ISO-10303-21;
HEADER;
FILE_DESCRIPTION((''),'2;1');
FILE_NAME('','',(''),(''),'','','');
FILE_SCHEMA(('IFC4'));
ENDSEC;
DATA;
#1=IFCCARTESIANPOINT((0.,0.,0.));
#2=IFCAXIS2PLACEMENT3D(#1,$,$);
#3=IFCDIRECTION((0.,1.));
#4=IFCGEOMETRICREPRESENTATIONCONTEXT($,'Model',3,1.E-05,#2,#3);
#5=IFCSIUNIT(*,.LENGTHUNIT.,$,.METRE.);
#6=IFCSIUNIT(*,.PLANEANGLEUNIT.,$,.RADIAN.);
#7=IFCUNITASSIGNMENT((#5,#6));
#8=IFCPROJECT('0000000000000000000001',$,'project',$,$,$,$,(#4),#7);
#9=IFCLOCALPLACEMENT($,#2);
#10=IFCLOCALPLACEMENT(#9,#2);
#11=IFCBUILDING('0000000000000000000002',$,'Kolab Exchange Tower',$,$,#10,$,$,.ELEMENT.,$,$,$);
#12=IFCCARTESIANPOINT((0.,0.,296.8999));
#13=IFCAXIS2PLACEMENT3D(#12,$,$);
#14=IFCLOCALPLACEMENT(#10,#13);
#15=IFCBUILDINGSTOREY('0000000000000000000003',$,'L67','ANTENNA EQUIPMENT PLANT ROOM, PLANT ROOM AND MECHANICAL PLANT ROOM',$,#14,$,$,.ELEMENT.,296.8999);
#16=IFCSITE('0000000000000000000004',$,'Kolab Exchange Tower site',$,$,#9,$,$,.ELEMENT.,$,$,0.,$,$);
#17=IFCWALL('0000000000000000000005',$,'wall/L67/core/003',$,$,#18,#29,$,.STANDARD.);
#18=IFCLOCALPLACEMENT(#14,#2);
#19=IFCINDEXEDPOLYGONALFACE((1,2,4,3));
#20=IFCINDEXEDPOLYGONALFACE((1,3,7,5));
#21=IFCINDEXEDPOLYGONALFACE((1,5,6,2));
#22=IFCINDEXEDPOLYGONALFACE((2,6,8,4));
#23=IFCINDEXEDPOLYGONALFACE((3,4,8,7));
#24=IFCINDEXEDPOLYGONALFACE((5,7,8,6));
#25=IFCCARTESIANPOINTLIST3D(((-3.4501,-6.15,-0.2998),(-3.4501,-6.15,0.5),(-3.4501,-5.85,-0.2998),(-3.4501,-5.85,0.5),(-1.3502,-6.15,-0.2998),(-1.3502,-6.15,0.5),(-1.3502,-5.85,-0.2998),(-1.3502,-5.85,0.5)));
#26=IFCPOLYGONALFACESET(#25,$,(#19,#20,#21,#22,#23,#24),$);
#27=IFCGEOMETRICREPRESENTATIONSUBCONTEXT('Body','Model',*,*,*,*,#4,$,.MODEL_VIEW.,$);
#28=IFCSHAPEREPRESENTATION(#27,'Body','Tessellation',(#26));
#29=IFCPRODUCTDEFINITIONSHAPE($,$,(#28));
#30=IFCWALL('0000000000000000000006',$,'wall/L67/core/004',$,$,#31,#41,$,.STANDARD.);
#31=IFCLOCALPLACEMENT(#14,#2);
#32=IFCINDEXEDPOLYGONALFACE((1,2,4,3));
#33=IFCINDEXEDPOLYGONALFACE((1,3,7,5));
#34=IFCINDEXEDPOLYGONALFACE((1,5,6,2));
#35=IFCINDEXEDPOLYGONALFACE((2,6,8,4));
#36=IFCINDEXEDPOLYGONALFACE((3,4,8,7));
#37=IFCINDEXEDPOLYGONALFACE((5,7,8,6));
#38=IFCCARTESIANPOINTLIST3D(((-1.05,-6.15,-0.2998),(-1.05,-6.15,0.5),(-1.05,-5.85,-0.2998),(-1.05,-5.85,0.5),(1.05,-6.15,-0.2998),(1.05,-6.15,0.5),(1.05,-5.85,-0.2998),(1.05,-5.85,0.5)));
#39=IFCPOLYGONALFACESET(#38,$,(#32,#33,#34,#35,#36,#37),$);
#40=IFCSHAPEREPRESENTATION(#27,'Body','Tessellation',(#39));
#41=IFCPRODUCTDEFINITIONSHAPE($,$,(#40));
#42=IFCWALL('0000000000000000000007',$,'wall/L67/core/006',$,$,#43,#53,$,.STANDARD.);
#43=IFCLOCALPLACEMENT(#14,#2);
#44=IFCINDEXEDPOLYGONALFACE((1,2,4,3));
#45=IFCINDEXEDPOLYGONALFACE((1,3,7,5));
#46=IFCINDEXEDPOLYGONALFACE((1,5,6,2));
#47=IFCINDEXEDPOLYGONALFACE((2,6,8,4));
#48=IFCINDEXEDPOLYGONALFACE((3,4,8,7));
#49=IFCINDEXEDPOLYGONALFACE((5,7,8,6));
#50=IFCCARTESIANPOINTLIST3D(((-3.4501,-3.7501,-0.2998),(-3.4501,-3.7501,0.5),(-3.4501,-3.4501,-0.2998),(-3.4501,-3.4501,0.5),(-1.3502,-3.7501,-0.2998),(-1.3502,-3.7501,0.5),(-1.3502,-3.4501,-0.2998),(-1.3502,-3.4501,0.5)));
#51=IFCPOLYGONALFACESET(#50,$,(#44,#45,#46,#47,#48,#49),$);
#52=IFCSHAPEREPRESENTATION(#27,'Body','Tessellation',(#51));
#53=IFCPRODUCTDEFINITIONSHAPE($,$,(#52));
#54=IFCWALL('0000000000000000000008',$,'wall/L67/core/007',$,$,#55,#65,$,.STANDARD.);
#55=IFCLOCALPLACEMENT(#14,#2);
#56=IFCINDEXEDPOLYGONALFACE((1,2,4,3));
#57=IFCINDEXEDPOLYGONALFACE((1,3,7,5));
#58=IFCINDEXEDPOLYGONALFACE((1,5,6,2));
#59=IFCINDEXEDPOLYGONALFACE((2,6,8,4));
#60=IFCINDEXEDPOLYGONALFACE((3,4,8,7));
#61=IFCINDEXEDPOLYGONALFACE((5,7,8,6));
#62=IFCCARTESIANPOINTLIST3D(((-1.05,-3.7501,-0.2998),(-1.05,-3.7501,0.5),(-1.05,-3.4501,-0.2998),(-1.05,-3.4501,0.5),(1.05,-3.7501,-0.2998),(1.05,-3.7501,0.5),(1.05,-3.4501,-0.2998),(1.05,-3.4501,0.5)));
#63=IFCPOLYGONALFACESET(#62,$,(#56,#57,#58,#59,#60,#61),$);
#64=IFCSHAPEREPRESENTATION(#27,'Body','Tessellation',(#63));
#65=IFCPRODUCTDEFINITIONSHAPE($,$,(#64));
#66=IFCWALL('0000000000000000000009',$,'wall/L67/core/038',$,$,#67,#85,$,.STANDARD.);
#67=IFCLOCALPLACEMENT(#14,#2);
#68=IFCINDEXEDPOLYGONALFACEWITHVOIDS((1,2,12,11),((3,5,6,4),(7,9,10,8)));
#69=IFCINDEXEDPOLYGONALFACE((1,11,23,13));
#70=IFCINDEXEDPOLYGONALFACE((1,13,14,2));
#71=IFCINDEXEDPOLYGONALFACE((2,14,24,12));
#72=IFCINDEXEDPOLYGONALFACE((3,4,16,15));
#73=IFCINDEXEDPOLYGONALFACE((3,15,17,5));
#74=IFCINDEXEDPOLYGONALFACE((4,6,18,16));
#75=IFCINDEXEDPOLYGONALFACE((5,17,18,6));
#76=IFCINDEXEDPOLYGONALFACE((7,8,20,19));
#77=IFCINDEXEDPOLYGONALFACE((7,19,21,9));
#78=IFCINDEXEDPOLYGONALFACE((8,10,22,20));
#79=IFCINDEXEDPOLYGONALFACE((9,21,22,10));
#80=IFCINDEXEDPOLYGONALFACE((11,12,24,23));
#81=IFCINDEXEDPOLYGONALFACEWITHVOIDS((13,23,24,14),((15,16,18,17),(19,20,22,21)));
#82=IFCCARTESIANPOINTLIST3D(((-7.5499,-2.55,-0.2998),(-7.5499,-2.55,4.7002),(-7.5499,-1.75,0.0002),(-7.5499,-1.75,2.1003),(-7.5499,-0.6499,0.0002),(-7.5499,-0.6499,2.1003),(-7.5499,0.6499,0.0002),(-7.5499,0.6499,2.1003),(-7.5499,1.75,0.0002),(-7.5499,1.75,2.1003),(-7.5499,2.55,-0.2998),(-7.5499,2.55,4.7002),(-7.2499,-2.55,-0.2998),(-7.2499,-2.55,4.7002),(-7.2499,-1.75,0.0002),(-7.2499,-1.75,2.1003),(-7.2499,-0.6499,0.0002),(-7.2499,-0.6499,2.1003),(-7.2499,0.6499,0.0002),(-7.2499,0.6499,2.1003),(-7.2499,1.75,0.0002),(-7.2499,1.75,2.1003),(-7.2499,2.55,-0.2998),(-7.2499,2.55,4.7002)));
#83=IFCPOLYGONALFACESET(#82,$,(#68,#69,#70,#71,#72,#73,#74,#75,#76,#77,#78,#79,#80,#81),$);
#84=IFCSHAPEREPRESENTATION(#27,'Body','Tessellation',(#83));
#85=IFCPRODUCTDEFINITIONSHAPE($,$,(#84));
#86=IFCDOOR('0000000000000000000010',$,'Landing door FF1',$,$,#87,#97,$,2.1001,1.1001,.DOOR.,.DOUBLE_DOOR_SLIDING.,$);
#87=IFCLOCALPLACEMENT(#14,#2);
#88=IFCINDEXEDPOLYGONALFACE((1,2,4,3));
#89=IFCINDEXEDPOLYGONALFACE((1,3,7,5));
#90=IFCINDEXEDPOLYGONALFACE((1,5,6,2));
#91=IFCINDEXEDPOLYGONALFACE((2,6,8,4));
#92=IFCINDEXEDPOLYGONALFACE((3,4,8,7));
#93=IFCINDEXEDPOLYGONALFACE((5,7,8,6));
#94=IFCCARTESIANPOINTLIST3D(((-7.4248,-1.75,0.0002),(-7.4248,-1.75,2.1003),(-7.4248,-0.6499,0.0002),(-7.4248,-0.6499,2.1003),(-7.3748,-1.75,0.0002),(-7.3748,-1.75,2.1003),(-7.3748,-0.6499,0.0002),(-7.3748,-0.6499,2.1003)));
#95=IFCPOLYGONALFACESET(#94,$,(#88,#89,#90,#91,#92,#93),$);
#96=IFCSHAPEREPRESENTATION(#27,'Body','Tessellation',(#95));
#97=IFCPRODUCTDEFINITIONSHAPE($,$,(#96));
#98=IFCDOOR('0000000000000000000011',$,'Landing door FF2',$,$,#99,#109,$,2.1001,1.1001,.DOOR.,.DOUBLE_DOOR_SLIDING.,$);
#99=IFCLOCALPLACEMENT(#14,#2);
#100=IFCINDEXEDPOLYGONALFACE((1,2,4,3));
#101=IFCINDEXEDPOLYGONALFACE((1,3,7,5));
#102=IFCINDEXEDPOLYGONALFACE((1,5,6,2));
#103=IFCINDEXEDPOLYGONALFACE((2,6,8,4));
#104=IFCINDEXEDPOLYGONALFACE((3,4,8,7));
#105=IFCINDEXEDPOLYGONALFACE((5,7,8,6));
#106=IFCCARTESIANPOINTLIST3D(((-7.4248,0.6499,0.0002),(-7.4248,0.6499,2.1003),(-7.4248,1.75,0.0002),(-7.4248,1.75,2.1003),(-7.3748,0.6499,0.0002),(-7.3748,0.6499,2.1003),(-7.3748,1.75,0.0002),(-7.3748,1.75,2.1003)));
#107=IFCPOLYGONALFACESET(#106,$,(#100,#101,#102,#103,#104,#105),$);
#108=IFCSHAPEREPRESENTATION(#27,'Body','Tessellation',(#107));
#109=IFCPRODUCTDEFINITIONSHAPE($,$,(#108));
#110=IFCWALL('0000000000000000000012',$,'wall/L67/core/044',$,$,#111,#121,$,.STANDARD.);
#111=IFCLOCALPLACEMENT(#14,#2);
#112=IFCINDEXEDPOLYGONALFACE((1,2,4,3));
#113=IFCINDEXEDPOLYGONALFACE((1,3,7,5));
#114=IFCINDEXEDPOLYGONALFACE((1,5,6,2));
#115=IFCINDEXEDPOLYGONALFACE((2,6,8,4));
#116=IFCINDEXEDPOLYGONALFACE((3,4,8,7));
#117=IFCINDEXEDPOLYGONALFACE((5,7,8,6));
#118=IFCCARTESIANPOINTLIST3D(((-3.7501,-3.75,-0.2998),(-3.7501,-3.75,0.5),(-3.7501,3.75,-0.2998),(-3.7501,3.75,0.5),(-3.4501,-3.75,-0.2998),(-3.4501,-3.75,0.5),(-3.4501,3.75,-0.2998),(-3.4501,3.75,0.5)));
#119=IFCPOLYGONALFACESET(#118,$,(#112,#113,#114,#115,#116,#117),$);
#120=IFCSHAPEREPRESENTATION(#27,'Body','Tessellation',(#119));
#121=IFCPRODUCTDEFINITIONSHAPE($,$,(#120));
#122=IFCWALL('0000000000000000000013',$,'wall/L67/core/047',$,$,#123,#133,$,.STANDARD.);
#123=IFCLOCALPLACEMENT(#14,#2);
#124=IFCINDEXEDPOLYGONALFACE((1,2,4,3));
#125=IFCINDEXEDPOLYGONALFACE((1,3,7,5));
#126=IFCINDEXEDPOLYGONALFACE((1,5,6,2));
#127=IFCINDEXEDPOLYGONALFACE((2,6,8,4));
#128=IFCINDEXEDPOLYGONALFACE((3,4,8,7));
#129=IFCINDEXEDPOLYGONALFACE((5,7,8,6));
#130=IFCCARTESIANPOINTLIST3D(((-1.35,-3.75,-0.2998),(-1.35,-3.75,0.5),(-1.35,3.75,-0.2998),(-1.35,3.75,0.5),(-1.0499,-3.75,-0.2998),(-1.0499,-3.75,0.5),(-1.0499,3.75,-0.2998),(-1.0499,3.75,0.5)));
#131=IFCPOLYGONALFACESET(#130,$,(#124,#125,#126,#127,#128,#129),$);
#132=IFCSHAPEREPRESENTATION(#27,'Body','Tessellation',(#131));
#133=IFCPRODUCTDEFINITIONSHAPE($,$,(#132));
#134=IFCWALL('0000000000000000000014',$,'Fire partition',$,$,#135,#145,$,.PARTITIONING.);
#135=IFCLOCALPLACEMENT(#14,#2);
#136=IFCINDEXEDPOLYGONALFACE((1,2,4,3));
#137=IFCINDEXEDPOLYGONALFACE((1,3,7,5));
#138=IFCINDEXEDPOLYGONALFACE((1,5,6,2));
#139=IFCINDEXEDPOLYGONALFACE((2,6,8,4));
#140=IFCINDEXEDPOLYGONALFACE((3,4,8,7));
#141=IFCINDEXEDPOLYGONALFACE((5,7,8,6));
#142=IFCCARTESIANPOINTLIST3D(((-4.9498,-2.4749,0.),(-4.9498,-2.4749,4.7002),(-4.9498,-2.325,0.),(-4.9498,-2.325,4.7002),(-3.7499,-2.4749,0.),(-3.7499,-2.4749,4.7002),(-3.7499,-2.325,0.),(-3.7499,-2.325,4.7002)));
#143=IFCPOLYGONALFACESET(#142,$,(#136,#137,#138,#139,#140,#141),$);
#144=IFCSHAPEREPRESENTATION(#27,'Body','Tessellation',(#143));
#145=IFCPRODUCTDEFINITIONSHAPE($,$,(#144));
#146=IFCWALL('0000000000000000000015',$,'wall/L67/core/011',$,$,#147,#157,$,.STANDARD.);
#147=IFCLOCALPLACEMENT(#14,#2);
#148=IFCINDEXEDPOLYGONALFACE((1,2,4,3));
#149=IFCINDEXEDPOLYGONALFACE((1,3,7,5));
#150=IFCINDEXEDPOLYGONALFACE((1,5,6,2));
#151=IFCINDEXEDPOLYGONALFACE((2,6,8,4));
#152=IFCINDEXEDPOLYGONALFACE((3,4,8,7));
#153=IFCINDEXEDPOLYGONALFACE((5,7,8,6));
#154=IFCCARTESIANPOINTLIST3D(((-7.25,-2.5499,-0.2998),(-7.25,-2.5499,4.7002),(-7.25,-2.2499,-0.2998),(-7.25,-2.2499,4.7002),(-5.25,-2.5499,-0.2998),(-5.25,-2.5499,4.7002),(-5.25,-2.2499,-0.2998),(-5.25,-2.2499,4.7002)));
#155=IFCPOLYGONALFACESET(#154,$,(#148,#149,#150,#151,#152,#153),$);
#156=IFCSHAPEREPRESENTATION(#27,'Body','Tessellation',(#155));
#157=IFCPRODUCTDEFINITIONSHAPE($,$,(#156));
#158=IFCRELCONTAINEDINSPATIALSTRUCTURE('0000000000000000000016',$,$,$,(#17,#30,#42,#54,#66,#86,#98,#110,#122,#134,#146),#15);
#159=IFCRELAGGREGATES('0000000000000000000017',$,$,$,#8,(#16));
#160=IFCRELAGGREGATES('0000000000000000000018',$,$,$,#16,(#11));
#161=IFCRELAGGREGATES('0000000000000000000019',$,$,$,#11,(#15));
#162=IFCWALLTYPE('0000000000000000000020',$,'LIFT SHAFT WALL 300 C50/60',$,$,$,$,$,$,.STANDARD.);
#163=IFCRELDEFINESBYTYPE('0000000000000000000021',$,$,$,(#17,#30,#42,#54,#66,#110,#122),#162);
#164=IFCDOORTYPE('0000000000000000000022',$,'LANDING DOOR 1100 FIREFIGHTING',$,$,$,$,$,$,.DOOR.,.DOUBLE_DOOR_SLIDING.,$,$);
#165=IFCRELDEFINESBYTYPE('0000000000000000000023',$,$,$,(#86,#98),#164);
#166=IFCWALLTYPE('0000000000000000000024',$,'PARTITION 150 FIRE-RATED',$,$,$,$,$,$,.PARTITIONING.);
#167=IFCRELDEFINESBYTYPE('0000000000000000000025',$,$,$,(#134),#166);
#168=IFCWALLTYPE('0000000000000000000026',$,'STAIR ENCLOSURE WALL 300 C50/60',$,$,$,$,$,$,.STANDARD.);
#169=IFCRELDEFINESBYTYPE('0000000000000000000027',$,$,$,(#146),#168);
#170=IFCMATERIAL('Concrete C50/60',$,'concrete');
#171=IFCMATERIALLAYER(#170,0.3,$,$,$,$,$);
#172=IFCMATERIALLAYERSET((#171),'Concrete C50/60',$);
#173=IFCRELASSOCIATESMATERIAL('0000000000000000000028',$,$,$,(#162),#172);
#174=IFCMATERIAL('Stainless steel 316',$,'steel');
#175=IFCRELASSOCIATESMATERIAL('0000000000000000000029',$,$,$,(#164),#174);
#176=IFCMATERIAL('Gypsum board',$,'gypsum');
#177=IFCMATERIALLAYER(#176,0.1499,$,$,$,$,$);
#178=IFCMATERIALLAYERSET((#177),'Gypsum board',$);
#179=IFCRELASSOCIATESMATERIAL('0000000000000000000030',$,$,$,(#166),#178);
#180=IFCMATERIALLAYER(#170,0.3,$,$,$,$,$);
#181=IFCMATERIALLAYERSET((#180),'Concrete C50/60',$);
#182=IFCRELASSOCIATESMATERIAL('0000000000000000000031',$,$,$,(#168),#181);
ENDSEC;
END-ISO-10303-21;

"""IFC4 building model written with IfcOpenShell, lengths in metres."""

from ifc_helpers import new_model, si_unit, direction, frame, frame_2d, origin, place, context, subcontext, project, spatial, rectangle, extrude, material, layer, layer_set, type_object, element, fill, save


model = new_model("IFC4")

# Units and contexts
model_context = context("Model", 3, precision=1e-05, world=origin(), true_north=direction((0.0, 1.0)))
body_context = subcontext(model_context, "Body", "Model", "MODEL_VIEW")
ifc_project = project(units=[si_unit("LENGTHUNIT", "METRE"), si_unit("PLANEANGLEUNIT", "RADIAN")], contexts=[model_context])

# Site, building, storey
site_placement = place(None, origin())
site = spatial("IfcSite", under=ifc_project, at=site_placement, Name="Kolab Exchange Tower site", CompositionType="ELEMENT", RefElevation=0.0)
building_placement = place(site_placement, origin())
building = spatial("IfcBuilding", under=site, at=building_placement, Name="Kolab Exchange Tower", CompositionType="ELEMENT")
storey_placement = place(building_placement, frame((0.0, 0.0, 296.8999)))
storey = spatial("IfcBuildingStorey", under=building, at=storey_placement, Name="L67", Description="ANTENNA EQUIPMENT PLANT ROOM, PLANT ROOM AND MECHANICAL PLANT ROOM", CompositionType="ELEMENT", Elevation=296.8999)

# Walls
ifc_material_1 = material(Name="Concrete C50/60", Category="concrete")
ifc_layer_1 = layer(ifc_material_1, 0.3)
ifc_layer_set_1 = layer_set([ifc_layer_1], Name="Concrete C50/60")
wall_type_1 = type_object("IfcWallType", Name="LIFT SHAFT WALL 300 C50/60", PredefinedType="STANDARD", material=ifc_layer_set_1)
wall_1_placement = place(storey_placement, frame((-3.45, -6.0, -0.2998), z_axis=(0.0, 0.0, 1.0), x_axis=(1.0, 0.0, 0.0)))
element("IfcWall", 1, at=wall_1_placement, inside=storey, type_object=wall_type_1, Name="wall/L67/core/003", PredefinedType="STANDARD", context=body_context, shape_type="SweptSolid", body=[
    extrude(rectangle(XDim=2.0999, YDim=0.3, at=frame_2d((1.0498, 0.0))), origin(), (0.0, 0.0, 1.0), 0.7998),
])
wall_2_placement = place(storey_placement, frame((-1.05, -6.0, -0.2998), z_axis=(0.0, 0.0, 1.0), x_axis=(1.0, 0.0, 0.0)))
element("IfcWall", 2, at=wall_2_placement, inside=storey, type_object=wall_type_1, Name="wall/L67/core/004", PredefinedType="STANDARD", context=body_context, shape_type="SweptSolid", body=[
    extrude(rectangle(XDim=2.1001, YDim=0.3, at=frame_2d((1.05, 0.0))), origin(), (0.0, 0.0, 1.0), 0.7998),
])
wall_3_placement = place(storey_placement, frame((-3.45, -3.6001, -0.2998), z_axis=(0.0, 0.0, 1.0), x_axis=(1.0, 0.0, 0.0)))
element("IfcWall", 3, at=wall_3_placement, inside=storey, type_object=wall_type_1, Name="wall/L67/core/006", PredefinedType="STANDARD", context=body_context, shape_type="SweptSolid", body=[
    extrude(rectangle(XDim=2.0999, YDim=0.3, at=frame_2d((1.0498, 0.0))), origin(), (0.0, 0.0, 1.0), 0.7998),
])
wall_4_placement = place(storey_placement, frame((-1.05, -3.6001, -0.2998), z_axis=(0.0, 0.0, 1.0), x_axis=(1.0, 0.0, 0.0)))
element("IfcWall", 4, at=wall_4_placement, inside=storey, type_object=wall_type_1, Name="wall/L67/core/007", PredefinedType="STANDARD", context=body_context, shape_type="SweptSolid", body=[
    extrude(rectangle(XDim=2.1001, YDim=0.3, at=frame_2d((1.05, 0.0))), origin(), (0.0, 0.0, 1.0), 0.7998),
])

# Wall, openings, doors
wall_5_placement = place(storey_placement, frame((-7.3999, -2.55, -0.2998), z_axis=(0.0, 0.0, 1.0), x_axis=(0.0, 1.0, 0.0)))
wall_5 = element("IfcWall", 5, at=wall_5_placement, inside=storey, type_object=wall_type_1, Name="wall/L67/core/038", PredefinedType="STANDARD", context=body_context, shape_type="SweptSolid", body=[
    extrude(rectangle(XDim=5.1001, YDim=0.3, at=frame_2d((2.55, 0.0))), origin(), (0.0, 0.0, 1.0), 5.0),
])
opening_1_placement = place(wall_5_placement, frame((0.8, 0.0, 0.3)))
opening_1 = element("IfcOpeningElement", 6, at=opening_1_placement, cuts=wall_5, PredefinedType="OPENING", context=body_context, shape_type="SweptSolid", body=[
    extrude(rectangle(XDim=1.1001, YDim=2.1001, at=frame_2d((0.55, 1.05))), frame((0.0, 0.1602, 0.0), z_axis=(0.0, -1.0, 0.0), x_axis=(1.0, 0.0, 0.0)), (0.0, 0.0, 1.0), 0.3201),
])
opening_2_placement = place(wall_5_placement, frame((3.2, 0.0, 0.3)))
opening_2 = element("IfcOpeningElement", 7, at=opening_2_placement, cuts=wall_5, PredefinedType="OPENING", context=body_context, shape_type="SweptSolid", body=[
    extrude(rectangle(XDim=1.1001, YDim=2.1001, at=frame_2d((0.55, 1.05))), frame((0.0, 0.1602, 0.0), z_axis=(0.0, -1.0, 0.0), x_axis=(1.0, 0.0, 0.0)), (0.0, 0.0, 1.0), 0.3201),
])
ifc_material_2 = material(Name="Stainless steel 316", Category="steel")
door_type = type_object("IfcDoorType", Name="LANDING DOOR 1100 FIREFIGHTING", OperationType="DOUBLE_DOOR_SLIDING", PredefinedType="DOOR", material=ifc_material_2)
door_1_placement = place(opening_1_placement, origin())
door_1 = element("IfcDoor", 8, at=door_1_placement, inside=storey, type_object=door_type, Name="Landing door FF1", OperationType="DOUBLE_DOOR_SLIDING", OverallHeight=2.1001, OverallWidth=1.1001, PredefinedType="DOOR", context=body_context, shape_type="SweptSolid", body=[
    extrude(rectangle(XDim=1.1001, YDim=2.1001, at=frame_2d((0.55, 1.05))), frame((0.0, 0.0249, 0.0), z_axis=(0.0, -1.0, 0.0), x_axis=(1.0, 0.0, 0.0)), (0.0, 0.0, 1.0), 0.05),
])
fill(opening_1, door_1)
door_2_placement = place(opening_2_placement, origin())
door_2 = element("IfcDoor", 9, at=door_2_placement, inside=storey, type_object=door_type, Name="Landing door FF2", OperationType="DOUBLE_DOOR_SLIDING", OverallHeight=2.1001, OverallWidth=1.1001, PredefinedType="DOOR", context=body_context, shape_type="SweptSolid", body=[
    extrude(rectangle(XDim=1.1001, YDim=2.1001, at=frame_2d((0.55, 1.05))), frame((0.0, 0.0249, 0.0), z_axis=(0.0, -1.0, 0.0), x_axis=(1.0, 0.0, 0.0)), (0.0, 0.0, 1.0), 0.05),
])
fill(opening_2, door_2)

# Walls
for number, where, z_axis, x_axis, name in (
    (10, (-3.6001, -3.75, -0.2998), (0.0, 0.0, 1.0), (0.0, 1.0, 0.0), "wall/L67/core/044"),
    (11, (-1.2, -3.75, -0.2998), (0.0, 0.0, 1.0), (0.0, 1.0, 0.0), "wall/L67/core/047"),
):
    element("IfcWall", number, at=place(storey_placement, frame(where, z_axis=z_axis, x_axis=x_axis)), inside=storey, type_object=wall_type_1, Name=name, PredefinedType="STANDARD", context=body_context, shape_type="SweptSolid", body=[
        extrude(rectangle(XDim=7.5, YDim=0.3, at=frame_2d((3.75, 0.0))), origin(), (0.0, 0.0, 1.0), 0.7998),
    ])
ifc_material_3 = material(Name="Gypsum board", Category="gypsum")
ifc_layer_2 = layer(ifc_material_3, 0.1499)
ifc_layer_set_2 = layer_set([ifc_layer_2], Name="Gypsum board")
wall_type_2 = type_object("IfcWallType", Name="PARTITION 150 FIRE-RATED", PredefinedType="PARTITIONING", material=ifc_layer_set_2)
wall_6_placement = place(storey_placement, frame((-4.95, -2.3999, 0.0), z_axis=(0.0, 0.0, 1.0), x_axis=(1.0, 0.0, 0.0)))
element("IfcWall", 12, at=wall_6_placement, inside=storey, type_object=wall_type_2, Name="Fire partition", PredefinedType="PARTITIONING", context=body_context, shape_type="SweptSolid", body=[
    extrude(rectangle(XDim=1.2, YDim=0.1499, at=frame_2d((0.6001, 0.0))), origin(), (0.0, 0.0, 1.0), 4.7002),
])
ifc_layer_3 = layer(ifc_material_1, 0.3)
ifc_layer_set_3 = layer_set([ifc_layer_3], Name="Concrete C50/60")
wall_type_3 = type_object("IfcWallType", Name="STAIR ENCLOSURE WALL 300 C50/60", PredefinedType="STANDARD", material=ifc_layer_set_3)
wall_7_placement = place(storey_placement, frame((-7.25, -2.3999, -0.2998), z_axis=(0.0, 0.0, 1.0), x_axis=(1.0, 0.0, 0.0)))
element("IfcWall", 13, at=wall_7_placement, inside=storey, type_object=wall_type_3, Name="wall/L67/core/011", PredefinedType="STANDARD", context=body_context, shape_type="SweptSolid", body=[
    extrude(rectangle(XDim=2.0, YDim=0.3, at=frame_2d((1.0, 0.0))), origin(), (0.0, 0.0, 1.0), 5.0),
])

save(model, "model.ifc")
